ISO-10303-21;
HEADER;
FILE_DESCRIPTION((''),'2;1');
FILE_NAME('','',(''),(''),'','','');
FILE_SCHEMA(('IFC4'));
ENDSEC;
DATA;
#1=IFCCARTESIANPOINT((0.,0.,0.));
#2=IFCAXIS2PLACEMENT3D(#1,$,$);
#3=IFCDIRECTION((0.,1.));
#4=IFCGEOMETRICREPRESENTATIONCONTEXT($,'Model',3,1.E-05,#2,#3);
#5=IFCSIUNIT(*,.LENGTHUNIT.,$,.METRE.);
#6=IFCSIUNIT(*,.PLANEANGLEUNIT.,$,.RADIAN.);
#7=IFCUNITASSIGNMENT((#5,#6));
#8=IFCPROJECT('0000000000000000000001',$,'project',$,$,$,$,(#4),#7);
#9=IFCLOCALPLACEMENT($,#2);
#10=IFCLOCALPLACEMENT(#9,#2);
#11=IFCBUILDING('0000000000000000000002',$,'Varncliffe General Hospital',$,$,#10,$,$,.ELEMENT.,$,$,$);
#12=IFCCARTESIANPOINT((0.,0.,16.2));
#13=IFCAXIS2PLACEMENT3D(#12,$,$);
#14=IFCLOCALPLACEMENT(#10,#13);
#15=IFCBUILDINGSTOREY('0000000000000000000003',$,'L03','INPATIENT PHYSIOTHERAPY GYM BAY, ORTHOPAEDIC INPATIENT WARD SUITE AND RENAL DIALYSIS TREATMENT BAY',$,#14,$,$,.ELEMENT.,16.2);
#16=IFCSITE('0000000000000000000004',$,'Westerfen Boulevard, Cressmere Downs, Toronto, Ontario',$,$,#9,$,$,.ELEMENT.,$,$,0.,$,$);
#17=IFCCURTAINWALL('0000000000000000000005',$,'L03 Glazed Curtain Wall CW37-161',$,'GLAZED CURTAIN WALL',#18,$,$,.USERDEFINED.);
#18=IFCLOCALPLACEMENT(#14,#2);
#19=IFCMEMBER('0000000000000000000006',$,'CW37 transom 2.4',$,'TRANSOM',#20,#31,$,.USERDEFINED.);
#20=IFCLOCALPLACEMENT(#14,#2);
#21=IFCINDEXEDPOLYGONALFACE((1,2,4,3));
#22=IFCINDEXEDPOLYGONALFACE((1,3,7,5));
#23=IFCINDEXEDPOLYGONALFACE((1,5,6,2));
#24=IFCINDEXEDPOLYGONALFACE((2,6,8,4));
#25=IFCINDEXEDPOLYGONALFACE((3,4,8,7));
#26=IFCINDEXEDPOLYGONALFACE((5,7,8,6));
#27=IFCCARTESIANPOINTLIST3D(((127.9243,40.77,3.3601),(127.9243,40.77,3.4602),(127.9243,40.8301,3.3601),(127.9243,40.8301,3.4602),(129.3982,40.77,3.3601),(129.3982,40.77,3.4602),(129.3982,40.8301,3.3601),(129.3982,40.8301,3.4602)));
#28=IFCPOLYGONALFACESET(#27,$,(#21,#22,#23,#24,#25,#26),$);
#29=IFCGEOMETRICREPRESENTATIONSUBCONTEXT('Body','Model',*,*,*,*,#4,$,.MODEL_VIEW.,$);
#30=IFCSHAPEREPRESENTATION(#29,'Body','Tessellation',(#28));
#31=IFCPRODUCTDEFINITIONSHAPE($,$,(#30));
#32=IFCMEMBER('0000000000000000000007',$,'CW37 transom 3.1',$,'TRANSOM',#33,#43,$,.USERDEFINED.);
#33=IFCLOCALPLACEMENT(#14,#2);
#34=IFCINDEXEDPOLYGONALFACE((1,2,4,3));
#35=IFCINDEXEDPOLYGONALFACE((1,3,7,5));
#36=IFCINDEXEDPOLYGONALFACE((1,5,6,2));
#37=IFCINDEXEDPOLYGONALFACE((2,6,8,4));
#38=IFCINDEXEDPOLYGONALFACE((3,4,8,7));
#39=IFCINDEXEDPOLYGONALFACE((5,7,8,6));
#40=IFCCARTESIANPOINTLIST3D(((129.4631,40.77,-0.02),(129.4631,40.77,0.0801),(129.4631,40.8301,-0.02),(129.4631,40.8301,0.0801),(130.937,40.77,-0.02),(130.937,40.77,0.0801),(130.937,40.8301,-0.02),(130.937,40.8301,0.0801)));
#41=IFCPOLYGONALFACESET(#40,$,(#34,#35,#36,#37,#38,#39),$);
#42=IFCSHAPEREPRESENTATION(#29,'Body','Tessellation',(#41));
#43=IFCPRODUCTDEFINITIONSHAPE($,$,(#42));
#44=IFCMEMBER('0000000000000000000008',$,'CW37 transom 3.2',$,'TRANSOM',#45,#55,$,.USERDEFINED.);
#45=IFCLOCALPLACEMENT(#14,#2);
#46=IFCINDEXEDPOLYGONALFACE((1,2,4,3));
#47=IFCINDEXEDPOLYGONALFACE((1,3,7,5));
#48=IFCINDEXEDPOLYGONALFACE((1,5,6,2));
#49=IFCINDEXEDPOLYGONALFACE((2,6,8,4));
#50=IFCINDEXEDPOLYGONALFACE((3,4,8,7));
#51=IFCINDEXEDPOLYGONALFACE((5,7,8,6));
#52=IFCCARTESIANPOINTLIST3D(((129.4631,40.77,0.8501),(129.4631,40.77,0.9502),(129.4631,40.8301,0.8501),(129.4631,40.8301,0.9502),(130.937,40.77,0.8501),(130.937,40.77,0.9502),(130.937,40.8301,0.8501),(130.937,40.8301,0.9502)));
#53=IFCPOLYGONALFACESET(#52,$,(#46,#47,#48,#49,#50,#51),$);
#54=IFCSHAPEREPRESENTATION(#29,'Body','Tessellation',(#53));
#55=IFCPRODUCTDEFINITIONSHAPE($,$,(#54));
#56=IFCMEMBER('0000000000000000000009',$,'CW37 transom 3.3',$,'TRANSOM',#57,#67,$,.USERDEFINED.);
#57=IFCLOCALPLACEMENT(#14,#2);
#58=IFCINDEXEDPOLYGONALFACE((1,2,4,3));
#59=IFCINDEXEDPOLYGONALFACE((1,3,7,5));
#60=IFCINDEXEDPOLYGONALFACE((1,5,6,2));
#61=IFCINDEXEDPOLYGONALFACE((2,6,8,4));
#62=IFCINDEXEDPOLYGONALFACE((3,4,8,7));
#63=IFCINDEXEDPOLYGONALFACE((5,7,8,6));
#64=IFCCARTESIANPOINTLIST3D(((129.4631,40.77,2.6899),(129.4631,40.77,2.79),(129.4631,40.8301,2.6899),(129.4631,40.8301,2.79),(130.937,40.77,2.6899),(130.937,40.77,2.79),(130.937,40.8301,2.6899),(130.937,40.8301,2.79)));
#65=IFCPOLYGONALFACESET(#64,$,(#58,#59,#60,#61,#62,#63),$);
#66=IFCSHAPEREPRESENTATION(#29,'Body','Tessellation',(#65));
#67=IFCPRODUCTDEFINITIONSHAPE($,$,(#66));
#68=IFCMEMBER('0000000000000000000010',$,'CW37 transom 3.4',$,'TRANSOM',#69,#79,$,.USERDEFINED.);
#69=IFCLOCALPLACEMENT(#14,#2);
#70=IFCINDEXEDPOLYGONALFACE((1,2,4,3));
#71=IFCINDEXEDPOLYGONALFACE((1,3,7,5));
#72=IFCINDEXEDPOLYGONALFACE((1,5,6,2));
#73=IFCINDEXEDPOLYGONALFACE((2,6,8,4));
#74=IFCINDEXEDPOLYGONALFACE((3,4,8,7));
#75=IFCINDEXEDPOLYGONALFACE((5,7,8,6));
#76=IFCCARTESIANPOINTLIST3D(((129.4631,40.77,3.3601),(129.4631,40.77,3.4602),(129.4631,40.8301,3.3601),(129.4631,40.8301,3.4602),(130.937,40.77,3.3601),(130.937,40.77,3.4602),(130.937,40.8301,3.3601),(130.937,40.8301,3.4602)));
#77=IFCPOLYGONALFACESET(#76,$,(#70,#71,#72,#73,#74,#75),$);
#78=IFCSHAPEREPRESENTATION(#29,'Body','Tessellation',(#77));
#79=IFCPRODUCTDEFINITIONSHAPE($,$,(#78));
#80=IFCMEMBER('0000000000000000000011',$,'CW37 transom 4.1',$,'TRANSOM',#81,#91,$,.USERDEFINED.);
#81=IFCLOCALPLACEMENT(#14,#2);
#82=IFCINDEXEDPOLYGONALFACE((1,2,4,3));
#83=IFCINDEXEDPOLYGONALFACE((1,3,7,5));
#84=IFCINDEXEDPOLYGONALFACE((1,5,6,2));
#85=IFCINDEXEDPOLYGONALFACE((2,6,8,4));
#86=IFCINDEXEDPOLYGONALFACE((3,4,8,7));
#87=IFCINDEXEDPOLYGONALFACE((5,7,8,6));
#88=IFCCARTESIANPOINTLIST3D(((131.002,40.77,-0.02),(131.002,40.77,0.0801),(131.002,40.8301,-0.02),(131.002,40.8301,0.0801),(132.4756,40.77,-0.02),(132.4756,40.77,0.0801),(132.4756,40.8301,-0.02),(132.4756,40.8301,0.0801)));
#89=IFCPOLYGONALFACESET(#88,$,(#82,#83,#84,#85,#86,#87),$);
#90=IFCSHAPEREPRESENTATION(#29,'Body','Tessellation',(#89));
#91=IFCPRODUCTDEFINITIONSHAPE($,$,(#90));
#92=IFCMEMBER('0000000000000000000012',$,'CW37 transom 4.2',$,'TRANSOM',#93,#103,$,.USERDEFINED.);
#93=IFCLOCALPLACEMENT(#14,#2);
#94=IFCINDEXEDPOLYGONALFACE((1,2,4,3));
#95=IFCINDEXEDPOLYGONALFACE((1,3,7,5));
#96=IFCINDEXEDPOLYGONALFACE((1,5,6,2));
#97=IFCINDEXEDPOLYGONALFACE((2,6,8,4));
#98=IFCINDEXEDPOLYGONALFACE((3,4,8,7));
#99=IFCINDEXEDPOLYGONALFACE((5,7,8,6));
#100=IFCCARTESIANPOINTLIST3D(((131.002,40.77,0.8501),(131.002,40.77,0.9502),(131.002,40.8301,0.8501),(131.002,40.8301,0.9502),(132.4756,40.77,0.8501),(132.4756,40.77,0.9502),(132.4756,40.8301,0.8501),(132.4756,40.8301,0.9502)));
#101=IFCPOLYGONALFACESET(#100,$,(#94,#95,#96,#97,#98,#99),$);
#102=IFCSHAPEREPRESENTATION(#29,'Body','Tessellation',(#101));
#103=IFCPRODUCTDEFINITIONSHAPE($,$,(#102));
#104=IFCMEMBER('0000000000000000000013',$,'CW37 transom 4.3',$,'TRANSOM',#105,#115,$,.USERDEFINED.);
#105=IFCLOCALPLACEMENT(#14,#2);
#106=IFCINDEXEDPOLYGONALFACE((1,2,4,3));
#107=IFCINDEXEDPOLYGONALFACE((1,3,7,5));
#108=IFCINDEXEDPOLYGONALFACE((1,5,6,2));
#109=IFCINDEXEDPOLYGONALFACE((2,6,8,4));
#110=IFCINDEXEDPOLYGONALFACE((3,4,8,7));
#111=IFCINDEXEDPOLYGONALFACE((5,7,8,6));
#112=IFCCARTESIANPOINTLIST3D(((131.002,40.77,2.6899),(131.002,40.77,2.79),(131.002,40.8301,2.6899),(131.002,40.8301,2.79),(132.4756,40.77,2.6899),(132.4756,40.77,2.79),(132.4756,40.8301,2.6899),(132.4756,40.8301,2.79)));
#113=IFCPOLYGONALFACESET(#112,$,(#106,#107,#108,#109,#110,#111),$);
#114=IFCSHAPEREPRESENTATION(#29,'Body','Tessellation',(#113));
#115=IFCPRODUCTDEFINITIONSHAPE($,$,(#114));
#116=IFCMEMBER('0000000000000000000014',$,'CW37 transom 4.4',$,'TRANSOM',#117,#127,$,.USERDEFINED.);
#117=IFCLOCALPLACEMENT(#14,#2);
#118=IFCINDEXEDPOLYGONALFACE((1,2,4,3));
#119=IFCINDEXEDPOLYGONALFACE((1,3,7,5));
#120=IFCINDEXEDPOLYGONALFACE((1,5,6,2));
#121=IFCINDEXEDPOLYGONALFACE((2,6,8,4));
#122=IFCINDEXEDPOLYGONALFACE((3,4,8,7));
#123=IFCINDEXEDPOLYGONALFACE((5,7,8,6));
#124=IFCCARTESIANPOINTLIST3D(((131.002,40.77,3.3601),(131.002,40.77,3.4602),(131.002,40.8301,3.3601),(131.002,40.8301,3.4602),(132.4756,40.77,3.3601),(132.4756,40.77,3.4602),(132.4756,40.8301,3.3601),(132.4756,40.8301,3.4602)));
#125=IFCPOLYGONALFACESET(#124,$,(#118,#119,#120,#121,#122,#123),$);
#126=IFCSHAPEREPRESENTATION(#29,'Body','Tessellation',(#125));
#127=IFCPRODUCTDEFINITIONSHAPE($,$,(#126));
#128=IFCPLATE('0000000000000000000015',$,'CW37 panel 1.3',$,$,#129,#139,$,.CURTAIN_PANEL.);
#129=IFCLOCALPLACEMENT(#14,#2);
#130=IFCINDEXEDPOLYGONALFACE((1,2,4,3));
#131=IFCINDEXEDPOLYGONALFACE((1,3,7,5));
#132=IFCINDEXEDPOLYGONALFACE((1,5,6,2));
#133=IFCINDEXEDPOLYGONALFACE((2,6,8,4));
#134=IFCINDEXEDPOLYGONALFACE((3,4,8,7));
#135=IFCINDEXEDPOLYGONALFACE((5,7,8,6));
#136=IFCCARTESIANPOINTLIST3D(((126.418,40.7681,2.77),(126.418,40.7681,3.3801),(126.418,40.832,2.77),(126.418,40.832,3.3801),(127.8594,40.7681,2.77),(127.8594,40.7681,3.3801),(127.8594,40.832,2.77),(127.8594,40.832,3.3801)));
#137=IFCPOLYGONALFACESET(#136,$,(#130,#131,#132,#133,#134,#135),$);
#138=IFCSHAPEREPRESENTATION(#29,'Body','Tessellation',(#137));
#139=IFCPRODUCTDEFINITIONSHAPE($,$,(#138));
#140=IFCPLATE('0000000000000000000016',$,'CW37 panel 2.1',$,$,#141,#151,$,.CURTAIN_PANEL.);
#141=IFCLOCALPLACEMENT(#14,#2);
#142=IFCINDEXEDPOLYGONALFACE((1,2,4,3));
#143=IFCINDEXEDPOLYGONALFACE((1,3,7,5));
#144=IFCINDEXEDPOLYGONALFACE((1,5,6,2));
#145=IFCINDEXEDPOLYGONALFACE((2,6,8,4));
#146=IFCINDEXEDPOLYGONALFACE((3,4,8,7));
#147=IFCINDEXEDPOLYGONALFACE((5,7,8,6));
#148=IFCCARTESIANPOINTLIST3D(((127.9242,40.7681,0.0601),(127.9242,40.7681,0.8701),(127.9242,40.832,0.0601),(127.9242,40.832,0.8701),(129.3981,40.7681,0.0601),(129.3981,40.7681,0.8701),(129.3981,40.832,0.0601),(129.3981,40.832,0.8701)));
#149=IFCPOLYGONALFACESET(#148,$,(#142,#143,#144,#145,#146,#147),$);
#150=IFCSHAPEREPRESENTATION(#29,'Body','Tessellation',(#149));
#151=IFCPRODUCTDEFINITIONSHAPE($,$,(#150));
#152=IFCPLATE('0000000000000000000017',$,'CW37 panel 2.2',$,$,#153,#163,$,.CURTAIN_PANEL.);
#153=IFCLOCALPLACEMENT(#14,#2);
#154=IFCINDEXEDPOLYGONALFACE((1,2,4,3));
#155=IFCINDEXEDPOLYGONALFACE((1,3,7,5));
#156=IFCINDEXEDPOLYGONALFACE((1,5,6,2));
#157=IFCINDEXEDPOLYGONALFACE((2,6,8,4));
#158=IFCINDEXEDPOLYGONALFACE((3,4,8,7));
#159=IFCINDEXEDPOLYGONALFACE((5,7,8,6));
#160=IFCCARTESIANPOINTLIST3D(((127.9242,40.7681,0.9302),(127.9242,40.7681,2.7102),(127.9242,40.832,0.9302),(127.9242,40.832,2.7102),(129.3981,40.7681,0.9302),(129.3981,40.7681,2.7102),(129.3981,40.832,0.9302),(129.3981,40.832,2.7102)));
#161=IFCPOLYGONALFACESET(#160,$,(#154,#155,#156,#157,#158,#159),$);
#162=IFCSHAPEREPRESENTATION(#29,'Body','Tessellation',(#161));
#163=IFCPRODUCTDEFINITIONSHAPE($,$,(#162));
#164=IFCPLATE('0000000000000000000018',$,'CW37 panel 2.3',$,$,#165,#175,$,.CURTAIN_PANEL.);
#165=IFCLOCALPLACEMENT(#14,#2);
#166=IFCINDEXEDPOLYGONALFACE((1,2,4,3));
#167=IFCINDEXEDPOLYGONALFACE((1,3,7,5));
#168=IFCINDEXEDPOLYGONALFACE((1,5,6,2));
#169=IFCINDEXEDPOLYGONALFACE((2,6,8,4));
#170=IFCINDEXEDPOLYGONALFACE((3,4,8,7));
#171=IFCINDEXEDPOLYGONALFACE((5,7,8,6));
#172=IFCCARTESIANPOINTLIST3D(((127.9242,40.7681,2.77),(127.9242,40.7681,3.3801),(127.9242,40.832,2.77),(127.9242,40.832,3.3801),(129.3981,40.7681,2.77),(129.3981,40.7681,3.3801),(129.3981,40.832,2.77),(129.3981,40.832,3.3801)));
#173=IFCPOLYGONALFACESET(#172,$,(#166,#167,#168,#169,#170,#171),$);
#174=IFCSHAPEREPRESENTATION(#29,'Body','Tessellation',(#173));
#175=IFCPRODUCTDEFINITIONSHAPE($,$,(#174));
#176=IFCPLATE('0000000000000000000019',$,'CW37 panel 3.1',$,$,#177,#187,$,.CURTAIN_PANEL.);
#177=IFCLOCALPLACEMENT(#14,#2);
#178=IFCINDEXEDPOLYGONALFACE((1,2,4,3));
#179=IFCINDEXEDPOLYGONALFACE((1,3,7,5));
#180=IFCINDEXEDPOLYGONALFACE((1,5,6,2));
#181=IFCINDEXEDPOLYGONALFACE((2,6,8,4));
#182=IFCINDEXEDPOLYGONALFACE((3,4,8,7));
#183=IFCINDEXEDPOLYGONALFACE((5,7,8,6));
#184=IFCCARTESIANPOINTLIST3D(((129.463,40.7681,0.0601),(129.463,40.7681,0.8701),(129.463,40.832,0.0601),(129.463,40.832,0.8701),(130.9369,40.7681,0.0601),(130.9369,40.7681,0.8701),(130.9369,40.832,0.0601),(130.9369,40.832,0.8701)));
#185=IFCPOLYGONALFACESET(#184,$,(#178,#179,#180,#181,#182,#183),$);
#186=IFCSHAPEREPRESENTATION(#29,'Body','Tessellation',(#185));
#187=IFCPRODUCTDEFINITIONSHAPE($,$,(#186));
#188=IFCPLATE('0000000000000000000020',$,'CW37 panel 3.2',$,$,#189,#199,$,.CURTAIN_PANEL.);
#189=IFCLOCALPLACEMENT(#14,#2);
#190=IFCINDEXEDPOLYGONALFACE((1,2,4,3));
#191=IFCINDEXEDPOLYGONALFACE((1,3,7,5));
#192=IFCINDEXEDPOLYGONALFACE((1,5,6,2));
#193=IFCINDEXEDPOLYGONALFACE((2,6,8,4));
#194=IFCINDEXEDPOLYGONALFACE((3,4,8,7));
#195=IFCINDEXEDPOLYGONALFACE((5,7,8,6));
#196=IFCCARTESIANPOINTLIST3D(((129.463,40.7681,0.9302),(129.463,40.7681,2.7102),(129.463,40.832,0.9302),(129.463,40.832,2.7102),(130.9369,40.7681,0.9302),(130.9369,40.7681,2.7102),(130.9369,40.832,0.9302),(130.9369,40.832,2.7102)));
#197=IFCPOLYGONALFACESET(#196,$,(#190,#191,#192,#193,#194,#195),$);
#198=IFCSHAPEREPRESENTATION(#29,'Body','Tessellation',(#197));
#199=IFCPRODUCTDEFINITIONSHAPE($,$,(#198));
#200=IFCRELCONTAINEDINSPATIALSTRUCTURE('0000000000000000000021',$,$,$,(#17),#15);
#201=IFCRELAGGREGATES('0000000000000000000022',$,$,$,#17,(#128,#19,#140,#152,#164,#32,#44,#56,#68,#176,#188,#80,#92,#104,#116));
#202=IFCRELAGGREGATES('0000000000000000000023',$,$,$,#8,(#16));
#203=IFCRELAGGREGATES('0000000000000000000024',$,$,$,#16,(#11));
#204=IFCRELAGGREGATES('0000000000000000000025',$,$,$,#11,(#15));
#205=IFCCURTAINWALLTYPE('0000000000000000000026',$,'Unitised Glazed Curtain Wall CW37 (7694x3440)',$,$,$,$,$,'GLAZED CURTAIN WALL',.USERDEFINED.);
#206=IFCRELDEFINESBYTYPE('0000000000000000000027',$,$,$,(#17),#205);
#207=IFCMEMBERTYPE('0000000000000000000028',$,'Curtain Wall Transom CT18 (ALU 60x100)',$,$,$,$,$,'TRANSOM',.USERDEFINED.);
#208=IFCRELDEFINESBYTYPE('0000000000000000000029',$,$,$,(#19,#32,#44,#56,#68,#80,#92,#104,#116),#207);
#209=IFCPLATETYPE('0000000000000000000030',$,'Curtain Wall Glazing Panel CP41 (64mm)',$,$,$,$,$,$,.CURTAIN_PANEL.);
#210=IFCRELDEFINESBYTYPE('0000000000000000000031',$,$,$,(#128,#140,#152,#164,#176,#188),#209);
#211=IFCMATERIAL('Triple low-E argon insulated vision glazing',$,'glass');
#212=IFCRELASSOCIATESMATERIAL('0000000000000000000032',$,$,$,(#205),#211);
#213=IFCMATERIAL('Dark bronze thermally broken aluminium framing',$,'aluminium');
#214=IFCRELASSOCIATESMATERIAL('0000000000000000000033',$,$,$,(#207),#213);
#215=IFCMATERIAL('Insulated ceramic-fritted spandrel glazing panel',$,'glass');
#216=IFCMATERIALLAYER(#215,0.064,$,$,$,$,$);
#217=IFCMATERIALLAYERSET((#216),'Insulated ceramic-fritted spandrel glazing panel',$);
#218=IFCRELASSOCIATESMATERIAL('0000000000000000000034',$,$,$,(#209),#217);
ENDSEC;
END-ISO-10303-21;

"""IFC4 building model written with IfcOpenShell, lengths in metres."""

from ifc_helpers import new_model, si_unit, direction, frame, origin, origin_2d, place, context, subcontext, project, spatial, rectangle, extrude, material, layer, layer_set, material_profile, profile_set, type_object, element, aggregate, save


model = new_model("IFC4")

# Units and contexts
model_context = context("Model", 3, precision=1e-05, world=origin(), true_north=direction((0.0, 1.0)))
body_context = subcontext(model_context, "Body", "Model", "MODEL_VIEW")
ifc_project = project(units=[si_unit("LENGTHUNIT", "METRE"), si_unit("PLANEANGLEUNIT", "RADIAN")], contexts=[model_context])

# Site, building, storey
site_placement = place(None, origin())
site = spatial("IfcSite", under=ifc_project, at=site_placement, Name="Westerfen Boulevard, Cressmere Downs, Toronto, Ontario", CompositionType="ELEMENT", RefElevation=0.0)
building_placement = place(site_placement, origin())
building = spatial("IfcBuilding", under=site, at=building_placement, Name="Varncliffe General Hospital", CompositionType="ELEMENT")
storey_placement = place(building_placement, frame((0.0, 0.0, 16.2)))
storey = spatial("IfcBuildingStorey", under=building, at=storey_placement, Name="L03", Description="INPATIENT PHYSIOTHERAPY GYM BAY, ORTHOPAEDIC INPATIENT WARD SUITE AND RENAL DIALYSIS TREATMENT BAY", CompositionType="ELEMENT", Elevation=16.2)

# Curtain wall, members, plates
ifc_material_1 = material(Name="Triple low-E argon insulated vision glazing", Category="glass")
curtain_wall_type = type_object("IfcCurtainWallType", Name="Unitised Glazed Curtain Wall CW37 (7694x3440)", ElementType="GLAZED CURTAIN WALL", PredefinedType="USERDEFINED", material=ifc_material_1)
curtain_wall_placement = place(storey_placement, origin())
curtain_wall = element("IfcCurtainWall", 1, at=curtain_wall_placement, inside=storey, type_object=curtain_wall_type, Name="L03 Glazed Curtain Wall CW37-161", ObjectType="GLAZED CURTAIN WALL", PredefinedType="USERDEFINED")
ifc_material_2 = material(Name="Dark bronze thermally broken aluminium framing", Category="aluminium")
ifc_material_profile_1 = material_profile(ifc_material_2, rectangle(XDim=0.0601, YDim=0.1001, at=origin_2d()), Name="ALU 60x100")
ifc_profile_set_1 = profile_set([ifc_material_profile_1], Name="Dark bronze thermally broken aluminium framing")
member_type_1 = type_object("IfcMemberType", Name="Curtain Wall Transom CT18 (ALU 60x100)", ElementType="TRANSOM", PredefinedType="USERDEFINED", material=ifc_profile_set_1)
member_1_placement = place(storey_placement, frame((127.9243, 40.8, 3.4102), z_axis=(1.0, 0.0, 0.0), x_axis=(0.0, 1.0, 0.0)))
member_1 = element("IfcMember", 2, at=member_1_placement, type_object=member_type_1, Name="CW37 transom 2.4", ObjectType="TRANSOM", PredefinedType="USERDEFINED", context=body_context, shape_type="SweptSolid", body=[
    extrude(rectangle(XDim=0.0601, YDim=0.1001, at=origin_2d()), origin(), (0.0, 0.0, 1.0), 1.4739),
])
member_2_placement = place(storey_placement, frame((129.4631, 40.8, 0.03), z_axis=(1.0, 0.0, 0.0), x_axis=(0.0, 1.0, 0.0)))
member_2 = element("IfcMember", 3, at=member_2_placement, type_object=member_type_1, Name="CW37 transom 3.1", ObjectType="TRANSOM", PredefinedType="USERDEFINED", context=body_context, shape_type="SweptSolid", body=[
    extrude(rectangle(XDim=0.0601, YDim=0.1001, at=origin_2d()), origin(), (0.0, 0.0, 1.0), 1.4739),
])
member_3_placement = place(storey_placement, frame((129.4631, 40.8, 0.9001), z_axis=(1.0, 0.0, 0.0), x_axis=(0.0, 1.0, 0.0)))
member_3 = element("IfcMember", 4, at=member_3_placement, type_object=member_type_1, Name="CW37 transom 3.2", ObjectType="TRANSOM", PredefinedType="USERDEFINED", context=body_context, shape_type="SweptSolid", body=[
    extrude(rectangle(XDim=0.0601, YDim=0.1001, at=origin_2d()), origin(), (0.0, 0.0, 1.0), 1.4739),
])
member_4_placement = place(storey_placement, frame((129.4631, 40.8, 2.74), z_axis=(1.0, 0.0, 0.0), x_axis=(0.0, 1.0, 0.0)))
member_4 = element("IfcMember", 5, at=member_4_placement, type_object=member_type_1, Name="CW37 transom 3.3", ObjectType="TRANSOM", PredefinedType="USERDEFINED", context=body_context, shape_type="SweptSolid", body=[
    extrude(rectangle(XDim=0.0601, YDim=0.1001, at=origin_2d()), origin(), (0.0, 0.0, 1.0), 1.4739),
])
member_5_placement = place(storey_placement, frame((129.4631, 40.8, 3.4102), z_axis=(1.0, 0.0, 0.0), x_axis=(0.0, 1.0, 0.0)))
member_5 = element("IfcMember", 6, at=member_5_placement, type_object=member_type_1, Name="CW37 transom 3.4", ObjectType="TRANSOM", PredefinedType="USERDEFINED", context=body_context, shape_type="SweptSolid", body=[
    extrude(rectangle(XDim=0.0601, YDim=0.1001, at=origin_2d()), origin(), (0.0, 0.0, 1.0), 1.4739),
])
member_6_placement = place(storey_placement, frame((131.002, 40.8, 0.03), z_axis=(1.0, 0.0, 0.0), x_axis=(0.0, 1.0, 0.0)))
member_6 = element("IfcMember", 7, at=member_6_placement, type_object=member_type_1, Name="CW37 transom 4.1", ObjectType="TRANSOM", PredefinedType="USERDEFINED", context=body_context, shape_type="SweptSolid", body=[
    extrude(rectangle(XDim=0.0601, YDim=0.1001, at=origin_2d()), origin(), (0.0, 0.0, 1.0), 1.4736),
])
member_7_placement = place(storey_placement, frame((131.002, 40.8, 0.9001), z_axis=(1.0, 0.0, 0.0), x_axis=(0.0, 1.0, 0.0)))
member_7 = element("IfcMember", 8, at=member_7_placement, type_object=member_type_1, Name="CW37 transom 4.2", ObjectType="TRANSOM", PredefinedType="USERDEFINED", context=body_context, shape_type="SweptSolid", body=[
    extrude(rectangle(XDim=0.0601, YDim=0.1001, at=origin_2d()), origin(), (0.0, 0.0, 1.0), 1.4736),
])
member_8_placement = place(storey_placement, frame((131.002, 40.8, 2.74), z_axis=(1.0, 0.0, 0.0), x_axis=(0.0, 1.0, 0.0)))
member_8 = element("IfcMember", 9, at=member_8_placement, type_object=member_type_1, Name="CW37 transom 4.3", ObjectType="TRANSOM", PredefinedType="USERDEFINED", context=body_context, shape_type="SweptSolid", body=[
    extrude(rectangle(XDim=0.0601, YDim=0.1001, at=origin_2d()), origin(), (0.0, 0.0, 1.0), 1.4736),
])
member_9_placement = place(storey_placement, frame((131.002, 40.8, 3.4102), z_axis=(1.0, 0.0, 0.0), x_axis=(0.0, 1.0, 0.0)))
member_9 = element("IfcMember", 10, at=member_9_placement, type_object=member_type_1, Name="CW37 transom 4.4", ObjectType="TRANSOM", PredefinedType="USERDEFINED", context=body_context, shape_type="SweptSolid", body=[
    extrude(rectangle(XDim=0.0601, YDim=0.1001, at=origin_2d()), origin(), (0.0, 0.0, 1.0), 1.4736),
])
ifc_material_3 = material(Name="Insulated ceramic-fritted spandrel glazing panel", Category="glass")
ifc_layer_1 = layer(ifc_material_3, 0.064)
ifc_layer_set_1 = layer_set([ifc_layer_1], Name="Insulated ceramic-fritted spandrel glazing panel")
plate_type = type_object("IfcPlateType", Name="Curtain Wall Glazing Panel CP41 (64mm)", PredefinedType="CURTAIN_PANEL", material=ifc_layer_set_1)
plate_1_placement = place(storey_placement, frame((127.1387, 40.8, 2.77), z_axis=(0.0, 0.0, 1.0), x_axis=(1.0, 0.0, 0.0)))
plate_1 = element("IfcPlate", 11, at=plate_1_placement, type_object=plate_type, Name="CW37 panel 1.3", PredefinedType="CURTAIN_PANEL", context=body_context, shape_type="SweptSolid", body=[
    extrude(rectangle(XDim=1.4414, YDim=0.064, at=origin_2d()), origin(), (0.0, 0.0, 1.0), 0.6101),
])
plate_2_placement = place(storey_placement, frame((128.6611, 40.8, 0.0601), z_axis=(0.0, 0.0, 1.0), x_axis=(1.0, 0.0, 0.0)))
plate_2 = element("IfcPlate", 12, at=plate_2_placement, type_object=plate_type, Name="CW37 panel 2.1", PredefinedType="CURTAIN_PANEL", context=body_context, shape_type="SweptSolid", body=[
    extrude(rectangle(XDim=1.4739, YDim=0.064, at=origin_2d()), origin(), (0.0, 0.0, 1.0), 0.8101),
])
plate_3_placement = place(storey_placement, frame((128.6611, 40.8, 0.9302), z_axis=(0.0, 0.0, 1.0), x_axis=(1.0, 0.0, 0.0)))
plate_3 = element("IfcPlate", 13, at=plate_3_placement, type_object=plate_type, Name="CW37 panel 2.2", PredefinedType="CURTAIN_PANEL", context=body_context, shape_type="SweptSolid", body=[
    extrude(rectangle(XDim=1.4739, YDim=0.064, at=origin_2d()), origin(), (0.0, 0.0, 1.0), 1.78),
])
plate_4_placement = place(storey_placement, frame((128.6611, 40.8, 2.77), z_axis=(0.0, 0.0, 1.0), x_axis=(1.0, 0.0, 0.0)))
plate_4 = element("IfcPlate", 14, at=plate_4_placement, type_object=plate_type, Name="CW37 panel 2.3", PredefinedType="CURTAIN_PANEL", context=body_context, shape_type="SweptSolid", body=[
    extrude(rectangle(XDim=1.4739, YDim=0.064, at=origin_2d()), origin(), (0.0, 0.0, 1.0), 0.6101),
])
plate_5_placement = place(storey_placement, frame((130.2, 40.8, 0.0601), z_axis=(0.0, 0.0, 1.0), x_axis=(1.0, 0.0, 0.0)))
plate_5 = element("IfcPlate", 15, at=plate_5_placement, type_object=plate_type, Name="CW37 panel 3.1", PredefinedType="CURTAIN_PANEL", context=body_context, shape_type="SweptSolid", body=[
    extrude(rectangle(XDim=1.4739, YDim=0.064, at=origin_2d()), origin(), (0.0, 0.0, 1.0), 0.8101),
])
plate_6_placement = place(storey_placement, frame((130.2, 40.8, 0.9302), z_axis=(0.0, 0.0, 1.0), x_axis=(1.0, 0.0, 0.0)))
plate_6 = element("IfcPlate", 16, at=plate_6_placement, type_object=plate_type, Name="CW37 panel 3.2", PredefinedType="CURTAIN_PANEL", context=body_context, shape_type="SweptSolid", body=[
    extrude(rectangle(XDim=1.4739, YDim=0.064, at=origin_2d()), origin(), (0.0, 0.0, 1.0), 1.78),
])
aggregate(curtain_wall, [plate_1, member_1, plate_2, plate_3, plate_4, member_2, member_3, member_4, member_5, plate_5, plate_6, member_6, member_7, member_8, member_9])

save(model, "model.ifc")
